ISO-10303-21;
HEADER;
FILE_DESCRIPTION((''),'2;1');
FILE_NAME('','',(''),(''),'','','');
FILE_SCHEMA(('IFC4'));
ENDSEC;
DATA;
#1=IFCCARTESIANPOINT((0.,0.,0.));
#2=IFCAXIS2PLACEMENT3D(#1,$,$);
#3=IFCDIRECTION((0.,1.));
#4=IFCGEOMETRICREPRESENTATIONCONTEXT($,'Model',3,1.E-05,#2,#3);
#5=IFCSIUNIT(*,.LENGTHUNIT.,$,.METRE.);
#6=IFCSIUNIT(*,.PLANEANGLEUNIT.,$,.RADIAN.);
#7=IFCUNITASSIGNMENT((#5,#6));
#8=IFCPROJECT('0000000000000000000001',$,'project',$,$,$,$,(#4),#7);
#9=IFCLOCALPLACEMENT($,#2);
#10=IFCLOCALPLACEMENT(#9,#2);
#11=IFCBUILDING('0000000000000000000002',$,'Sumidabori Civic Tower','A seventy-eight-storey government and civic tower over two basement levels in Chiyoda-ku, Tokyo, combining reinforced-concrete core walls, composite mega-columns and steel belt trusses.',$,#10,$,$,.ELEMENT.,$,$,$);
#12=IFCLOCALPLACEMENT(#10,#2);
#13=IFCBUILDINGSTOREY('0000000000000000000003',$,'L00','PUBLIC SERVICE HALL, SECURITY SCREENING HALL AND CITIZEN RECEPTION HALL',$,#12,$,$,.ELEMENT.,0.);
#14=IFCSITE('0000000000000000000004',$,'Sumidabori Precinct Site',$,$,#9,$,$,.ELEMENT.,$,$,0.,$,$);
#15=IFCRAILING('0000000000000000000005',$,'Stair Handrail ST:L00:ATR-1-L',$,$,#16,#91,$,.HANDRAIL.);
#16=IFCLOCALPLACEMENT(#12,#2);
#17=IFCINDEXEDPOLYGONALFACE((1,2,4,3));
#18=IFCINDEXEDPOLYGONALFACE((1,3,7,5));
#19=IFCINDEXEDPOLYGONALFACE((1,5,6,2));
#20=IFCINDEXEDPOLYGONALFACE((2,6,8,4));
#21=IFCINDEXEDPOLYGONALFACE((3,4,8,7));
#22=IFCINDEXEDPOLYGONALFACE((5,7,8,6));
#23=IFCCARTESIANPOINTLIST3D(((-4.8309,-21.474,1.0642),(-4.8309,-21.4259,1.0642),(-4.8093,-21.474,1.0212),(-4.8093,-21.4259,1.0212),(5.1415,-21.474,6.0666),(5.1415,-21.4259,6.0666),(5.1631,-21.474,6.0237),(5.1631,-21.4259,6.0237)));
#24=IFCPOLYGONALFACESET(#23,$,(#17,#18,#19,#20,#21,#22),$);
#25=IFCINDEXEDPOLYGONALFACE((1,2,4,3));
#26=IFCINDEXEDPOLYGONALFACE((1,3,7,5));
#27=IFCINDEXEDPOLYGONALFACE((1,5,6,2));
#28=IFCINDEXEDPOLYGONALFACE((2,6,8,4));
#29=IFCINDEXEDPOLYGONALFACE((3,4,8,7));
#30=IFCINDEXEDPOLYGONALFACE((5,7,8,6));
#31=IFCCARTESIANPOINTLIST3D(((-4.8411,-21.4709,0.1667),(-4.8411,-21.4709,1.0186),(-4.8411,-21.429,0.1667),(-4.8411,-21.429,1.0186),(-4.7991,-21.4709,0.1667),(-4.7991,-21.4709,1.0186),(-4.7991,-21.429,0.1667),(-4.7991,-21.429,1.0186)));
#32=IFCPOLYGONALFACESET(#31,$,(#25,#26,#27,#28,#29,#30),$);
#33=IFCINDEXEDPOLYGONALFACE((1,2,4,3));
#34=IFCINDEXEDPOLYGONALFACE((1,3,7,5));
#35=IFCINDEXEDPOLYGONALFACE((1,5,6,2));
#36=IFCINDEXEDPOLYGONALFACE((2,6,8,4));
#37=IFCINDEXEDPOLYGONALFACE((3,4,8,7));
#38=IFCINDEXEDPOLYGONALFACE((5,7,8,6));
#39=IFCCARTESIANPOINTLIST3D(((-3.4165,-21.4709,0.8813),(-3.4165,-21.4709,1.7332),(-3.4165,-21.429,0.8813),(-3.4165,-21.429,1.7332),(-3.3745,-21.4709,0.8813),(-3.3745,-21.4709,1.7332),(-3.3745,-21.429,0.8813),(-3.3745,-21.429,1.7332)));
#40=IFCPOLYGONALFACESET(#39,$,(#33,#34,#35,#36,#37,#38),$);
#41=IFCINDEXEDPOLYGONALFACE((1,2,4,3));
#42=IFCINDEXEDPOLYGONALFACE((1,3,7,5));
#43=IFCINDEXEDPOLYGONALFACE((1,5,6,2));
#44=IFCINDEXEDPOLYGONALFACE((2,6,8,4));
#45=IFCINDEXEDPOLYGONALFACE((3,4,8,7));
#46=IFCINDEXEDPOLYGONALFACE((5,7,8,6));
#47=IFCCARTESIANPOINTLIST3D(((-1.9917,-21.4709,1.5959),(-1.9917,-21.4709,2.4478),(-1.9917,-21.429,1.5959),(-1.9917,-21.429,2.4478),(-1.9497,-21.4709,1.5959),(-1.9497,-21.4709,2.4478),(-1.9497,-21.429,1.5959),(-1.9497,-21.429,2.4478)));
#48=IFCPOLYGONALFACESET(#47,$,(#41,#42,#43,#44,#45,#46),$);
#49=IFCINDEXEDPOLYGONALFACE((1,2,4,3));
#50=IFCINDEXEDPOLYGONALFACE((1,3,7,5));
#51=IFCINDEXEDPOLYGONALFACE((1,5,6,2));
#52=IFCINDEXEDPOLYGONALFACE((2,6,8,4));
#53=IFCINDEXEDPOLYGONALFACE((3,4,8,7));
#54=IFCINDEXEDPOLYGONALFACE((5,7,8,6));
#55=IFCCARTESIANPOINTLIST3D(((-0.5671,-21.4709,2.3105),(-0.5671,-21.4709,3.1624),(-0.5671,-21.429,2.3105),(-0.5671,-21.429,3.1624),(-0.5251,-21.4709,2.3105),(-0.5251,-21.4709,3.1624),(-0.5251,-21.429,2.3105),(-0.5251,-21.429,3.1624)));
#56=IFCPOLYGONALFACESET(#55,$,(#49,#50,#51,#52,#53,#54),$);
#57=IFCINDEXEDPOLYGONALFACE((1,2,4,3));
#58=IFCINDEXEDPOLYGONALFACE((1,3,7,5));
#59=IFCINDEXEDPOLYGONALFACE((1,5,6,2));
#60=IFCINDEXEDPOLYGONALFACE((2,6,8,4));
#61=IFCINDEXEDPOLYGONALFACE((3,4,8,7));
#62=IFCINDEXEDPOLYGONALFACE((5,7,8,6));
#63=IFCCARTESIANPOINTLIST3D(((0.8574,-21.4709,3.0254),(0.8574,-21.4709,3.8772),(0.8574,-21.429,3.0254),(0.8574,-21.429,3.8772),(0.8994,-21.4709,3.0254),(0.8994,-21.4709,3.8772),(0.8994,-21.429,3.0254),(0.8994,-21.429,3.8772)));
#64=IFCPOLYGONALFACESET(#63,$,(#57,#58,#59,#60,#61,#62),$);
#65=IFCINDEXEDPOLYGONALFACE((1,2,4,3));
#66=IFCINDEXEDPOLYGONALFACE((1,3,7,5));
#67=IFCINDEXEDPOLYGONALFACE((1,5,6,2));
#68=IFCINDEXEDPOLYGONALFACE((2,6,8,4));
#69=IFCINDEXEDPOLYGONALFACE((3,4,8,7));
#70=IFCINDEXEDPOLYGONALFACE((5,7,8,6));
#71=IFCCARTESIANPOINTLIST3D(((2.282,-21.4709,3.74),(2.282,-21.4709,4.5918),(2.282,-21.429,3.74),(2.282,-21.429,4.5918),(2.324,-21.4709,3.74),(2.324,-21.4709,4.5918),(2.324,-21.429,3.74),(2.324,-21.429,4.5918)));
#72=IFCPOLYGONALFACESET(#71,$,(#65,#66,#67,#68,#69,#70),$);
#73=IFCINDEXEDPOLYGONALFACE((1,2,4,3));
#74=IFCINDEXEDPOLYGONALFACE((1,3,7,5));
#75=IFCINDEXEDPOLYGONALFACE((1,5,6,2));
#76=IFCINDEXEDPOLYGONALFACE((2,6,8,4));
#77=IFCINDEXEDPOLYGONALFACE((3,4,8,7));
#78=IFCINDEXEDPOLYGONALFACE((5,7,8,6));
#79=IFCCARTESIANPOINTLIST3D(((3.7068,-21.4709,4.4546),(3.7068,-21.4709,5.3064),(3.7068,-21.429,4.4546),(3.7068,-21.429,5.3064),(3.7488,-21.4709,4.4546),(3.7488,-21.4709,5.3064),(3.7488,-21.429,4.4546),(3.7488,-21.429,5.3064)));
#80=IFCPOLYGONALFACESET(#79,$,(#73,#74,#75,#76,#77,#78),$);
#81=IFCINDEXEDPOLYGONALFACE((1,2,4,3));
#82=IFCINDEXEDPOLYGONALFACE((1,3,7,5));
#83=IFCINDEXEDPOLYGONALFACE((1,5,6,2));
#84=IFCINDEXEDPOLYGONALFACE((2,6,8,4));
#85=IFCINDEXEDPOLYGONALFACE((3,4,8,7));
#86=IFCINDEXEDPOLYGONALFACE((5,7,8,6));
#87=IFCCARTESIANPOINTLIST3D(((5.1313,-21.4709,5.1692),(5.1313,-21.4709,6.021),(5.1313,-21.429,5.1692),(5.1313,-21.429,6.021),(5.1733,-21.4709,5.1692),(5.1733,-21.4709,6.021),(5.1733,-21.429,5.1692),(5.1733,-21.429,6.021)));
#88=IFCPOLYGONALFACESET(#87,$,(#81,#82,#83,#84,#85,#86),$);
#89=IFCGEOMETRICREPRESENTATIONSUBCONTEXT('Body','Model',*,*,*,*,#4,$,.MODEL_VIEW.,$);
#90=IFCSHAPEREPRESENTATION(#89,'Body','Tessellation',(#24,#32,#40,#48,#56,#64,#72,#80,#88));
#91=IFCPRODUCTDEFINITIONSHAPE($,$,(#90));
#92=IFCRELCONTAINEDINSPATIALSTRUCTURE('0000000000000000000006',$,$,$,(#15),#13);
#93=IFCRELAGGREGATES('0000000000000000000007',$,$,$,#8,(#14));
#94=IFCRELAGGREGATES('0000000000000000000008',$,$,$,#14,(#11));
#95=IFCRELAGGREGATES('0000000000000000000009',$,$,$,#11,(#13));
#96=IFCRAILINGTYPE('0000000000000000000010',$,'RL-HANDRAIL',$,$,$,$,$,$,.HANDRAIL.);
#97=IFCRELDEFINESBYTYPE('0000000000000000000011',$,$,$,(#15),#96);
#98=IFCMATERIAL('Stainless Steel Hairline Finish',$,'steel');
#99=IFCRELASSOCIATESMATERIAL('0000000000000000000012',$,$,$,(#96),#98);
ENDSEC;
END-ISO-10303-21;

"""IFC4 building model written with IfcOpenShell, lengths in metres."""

from ifc_helpers import new_model, si_unit, direction, frame, origin, origin_2d, place, context, subcontext, project, spatial, rectangle, extrude, material, type_object, element, save


model = new_model("IFC4")

# Units and contexts
model_context = context("Model", 3, precision=1e-05, world=origin(), true_north=direction((0.0, 1.0)))
body_context = subcontext(model_context, "Body", "Model", "MODEL_VIEW")
ifc_project = project(units=[si_unit("LENGTHUNIT", "METRE"), si_unit("PLANEANGLEUNIT", "RADIAN")], contexts=[model_context])

# Site, building, storey
site_placement = place(None, origin())
site = spatial("IfcSite", under=ifc_project, at=site_placement, Name="Sumidabori Precinct Site", CompositionType="ELEMENT", RefElevation=0.0)
building_placement = place(site_placement, origin())
building = spatial("IfcBuilding", under=site, at=building_placement, Name="Sumidabori Civic Tower", Description="A seventy-eight-storey government and civic tower over two basement levels in Chiyoda-ku, Tokyo, combining reinforced-concrete core walls, composite mega-columns and steel belt trusses.", CompositionType="ELEMENT")
storey_placement = place(building_placement, origin())
storey = spatial("IfcBuildingStorey", under=building, at=storey_placement, Name="L00", Description="PUBLIC SERVICE HALL, SECURITY SCREENING HALL AND CITIZEN RECEPTION HALL", CompositionType="ELEMENT", Elevation=0.0)

# Railing
ifc_material_1 = material(Name="Stainless Steel Hairline Finish", Category="steel")
railing_type = type_object("IfcRailingType", Name="RL-HANDRAIL", PredefinedType="HANDRAIL", material=ifc_material_1)
railing_placement = place(storey_placement, frame((-4.8201, -21.45, 0.1667)))
element("IfcRailing", 1, at=railing_placement, inside=storey, type_object=railing_type, Name="Stair Handrail ST:L00:ATR-1-L", PredefinedType="HANDRAIL", context=body_context, shape_type="SweptSolid", body=[
    extrude(rectangle(XDim=0.0481, YDim=0.0481, at=origin_2d()), frame((0.0, 0.0, 0.876), z_axis=(0.893844, 0.0, 0.448377), x_axis=(0.0, 1.0, 0.0)), (0.0, 0.0, 1.0), 11.1567),
    extrude(rectangle(XDim=0.042, YDim=0.042, at=origin_2d()), origin(), (0.0, 0.0, 1.0), 0.8518),
    extrude(rectangle(XDim=0.042, YDim=0.042, at=origin_2d()), frame((1.4246, 0.0, 0.7146)), (0.0, 0.0, 1.0), 0.8518),
    extrude(rectangle(XDim=0.042, YDim=0.042, at=origin_2d()), frame((2.8494, 0.0, 1.4292)), (0.0, 0.0, 1.0), 0.8518),
    extrude(rectangle(XDim=0.042, YDim=0.042, at=origin_2d()), frame((4.2739, 0.0, 2.1438)), (0.0, 0.0, 1.0), 0.8518),
    extrude(rectangle(XDim=0.042, YDim=0.042, at=origin_2d()), frame((5.6985, 0.0, 2.8586)), (0.0, 0.0, 1.0), 0.8518),
    extrude(rectangle(XDim=0.042, YDim=0.042, at=origin_2d()), frame((7.123, 0.0, 3.5732)), (0.0, 0.0, 1.0), 0.8518),
    extrude(rectangle(XDim=0.042, YDim=0.042, at=origin_2d()), frame((8.5479, 0.0, 4.2878)), (0.0, 0.0, 1.0), 0.8518),
    extrude(rectangle(XDim=0.042, YDim=0.042, at=origin_2d()), frame((9.9724, 0.0, 5.0024)), (0.0, 0.0, 1.0), 0.8518),
])

save(model, "model.ifc")
